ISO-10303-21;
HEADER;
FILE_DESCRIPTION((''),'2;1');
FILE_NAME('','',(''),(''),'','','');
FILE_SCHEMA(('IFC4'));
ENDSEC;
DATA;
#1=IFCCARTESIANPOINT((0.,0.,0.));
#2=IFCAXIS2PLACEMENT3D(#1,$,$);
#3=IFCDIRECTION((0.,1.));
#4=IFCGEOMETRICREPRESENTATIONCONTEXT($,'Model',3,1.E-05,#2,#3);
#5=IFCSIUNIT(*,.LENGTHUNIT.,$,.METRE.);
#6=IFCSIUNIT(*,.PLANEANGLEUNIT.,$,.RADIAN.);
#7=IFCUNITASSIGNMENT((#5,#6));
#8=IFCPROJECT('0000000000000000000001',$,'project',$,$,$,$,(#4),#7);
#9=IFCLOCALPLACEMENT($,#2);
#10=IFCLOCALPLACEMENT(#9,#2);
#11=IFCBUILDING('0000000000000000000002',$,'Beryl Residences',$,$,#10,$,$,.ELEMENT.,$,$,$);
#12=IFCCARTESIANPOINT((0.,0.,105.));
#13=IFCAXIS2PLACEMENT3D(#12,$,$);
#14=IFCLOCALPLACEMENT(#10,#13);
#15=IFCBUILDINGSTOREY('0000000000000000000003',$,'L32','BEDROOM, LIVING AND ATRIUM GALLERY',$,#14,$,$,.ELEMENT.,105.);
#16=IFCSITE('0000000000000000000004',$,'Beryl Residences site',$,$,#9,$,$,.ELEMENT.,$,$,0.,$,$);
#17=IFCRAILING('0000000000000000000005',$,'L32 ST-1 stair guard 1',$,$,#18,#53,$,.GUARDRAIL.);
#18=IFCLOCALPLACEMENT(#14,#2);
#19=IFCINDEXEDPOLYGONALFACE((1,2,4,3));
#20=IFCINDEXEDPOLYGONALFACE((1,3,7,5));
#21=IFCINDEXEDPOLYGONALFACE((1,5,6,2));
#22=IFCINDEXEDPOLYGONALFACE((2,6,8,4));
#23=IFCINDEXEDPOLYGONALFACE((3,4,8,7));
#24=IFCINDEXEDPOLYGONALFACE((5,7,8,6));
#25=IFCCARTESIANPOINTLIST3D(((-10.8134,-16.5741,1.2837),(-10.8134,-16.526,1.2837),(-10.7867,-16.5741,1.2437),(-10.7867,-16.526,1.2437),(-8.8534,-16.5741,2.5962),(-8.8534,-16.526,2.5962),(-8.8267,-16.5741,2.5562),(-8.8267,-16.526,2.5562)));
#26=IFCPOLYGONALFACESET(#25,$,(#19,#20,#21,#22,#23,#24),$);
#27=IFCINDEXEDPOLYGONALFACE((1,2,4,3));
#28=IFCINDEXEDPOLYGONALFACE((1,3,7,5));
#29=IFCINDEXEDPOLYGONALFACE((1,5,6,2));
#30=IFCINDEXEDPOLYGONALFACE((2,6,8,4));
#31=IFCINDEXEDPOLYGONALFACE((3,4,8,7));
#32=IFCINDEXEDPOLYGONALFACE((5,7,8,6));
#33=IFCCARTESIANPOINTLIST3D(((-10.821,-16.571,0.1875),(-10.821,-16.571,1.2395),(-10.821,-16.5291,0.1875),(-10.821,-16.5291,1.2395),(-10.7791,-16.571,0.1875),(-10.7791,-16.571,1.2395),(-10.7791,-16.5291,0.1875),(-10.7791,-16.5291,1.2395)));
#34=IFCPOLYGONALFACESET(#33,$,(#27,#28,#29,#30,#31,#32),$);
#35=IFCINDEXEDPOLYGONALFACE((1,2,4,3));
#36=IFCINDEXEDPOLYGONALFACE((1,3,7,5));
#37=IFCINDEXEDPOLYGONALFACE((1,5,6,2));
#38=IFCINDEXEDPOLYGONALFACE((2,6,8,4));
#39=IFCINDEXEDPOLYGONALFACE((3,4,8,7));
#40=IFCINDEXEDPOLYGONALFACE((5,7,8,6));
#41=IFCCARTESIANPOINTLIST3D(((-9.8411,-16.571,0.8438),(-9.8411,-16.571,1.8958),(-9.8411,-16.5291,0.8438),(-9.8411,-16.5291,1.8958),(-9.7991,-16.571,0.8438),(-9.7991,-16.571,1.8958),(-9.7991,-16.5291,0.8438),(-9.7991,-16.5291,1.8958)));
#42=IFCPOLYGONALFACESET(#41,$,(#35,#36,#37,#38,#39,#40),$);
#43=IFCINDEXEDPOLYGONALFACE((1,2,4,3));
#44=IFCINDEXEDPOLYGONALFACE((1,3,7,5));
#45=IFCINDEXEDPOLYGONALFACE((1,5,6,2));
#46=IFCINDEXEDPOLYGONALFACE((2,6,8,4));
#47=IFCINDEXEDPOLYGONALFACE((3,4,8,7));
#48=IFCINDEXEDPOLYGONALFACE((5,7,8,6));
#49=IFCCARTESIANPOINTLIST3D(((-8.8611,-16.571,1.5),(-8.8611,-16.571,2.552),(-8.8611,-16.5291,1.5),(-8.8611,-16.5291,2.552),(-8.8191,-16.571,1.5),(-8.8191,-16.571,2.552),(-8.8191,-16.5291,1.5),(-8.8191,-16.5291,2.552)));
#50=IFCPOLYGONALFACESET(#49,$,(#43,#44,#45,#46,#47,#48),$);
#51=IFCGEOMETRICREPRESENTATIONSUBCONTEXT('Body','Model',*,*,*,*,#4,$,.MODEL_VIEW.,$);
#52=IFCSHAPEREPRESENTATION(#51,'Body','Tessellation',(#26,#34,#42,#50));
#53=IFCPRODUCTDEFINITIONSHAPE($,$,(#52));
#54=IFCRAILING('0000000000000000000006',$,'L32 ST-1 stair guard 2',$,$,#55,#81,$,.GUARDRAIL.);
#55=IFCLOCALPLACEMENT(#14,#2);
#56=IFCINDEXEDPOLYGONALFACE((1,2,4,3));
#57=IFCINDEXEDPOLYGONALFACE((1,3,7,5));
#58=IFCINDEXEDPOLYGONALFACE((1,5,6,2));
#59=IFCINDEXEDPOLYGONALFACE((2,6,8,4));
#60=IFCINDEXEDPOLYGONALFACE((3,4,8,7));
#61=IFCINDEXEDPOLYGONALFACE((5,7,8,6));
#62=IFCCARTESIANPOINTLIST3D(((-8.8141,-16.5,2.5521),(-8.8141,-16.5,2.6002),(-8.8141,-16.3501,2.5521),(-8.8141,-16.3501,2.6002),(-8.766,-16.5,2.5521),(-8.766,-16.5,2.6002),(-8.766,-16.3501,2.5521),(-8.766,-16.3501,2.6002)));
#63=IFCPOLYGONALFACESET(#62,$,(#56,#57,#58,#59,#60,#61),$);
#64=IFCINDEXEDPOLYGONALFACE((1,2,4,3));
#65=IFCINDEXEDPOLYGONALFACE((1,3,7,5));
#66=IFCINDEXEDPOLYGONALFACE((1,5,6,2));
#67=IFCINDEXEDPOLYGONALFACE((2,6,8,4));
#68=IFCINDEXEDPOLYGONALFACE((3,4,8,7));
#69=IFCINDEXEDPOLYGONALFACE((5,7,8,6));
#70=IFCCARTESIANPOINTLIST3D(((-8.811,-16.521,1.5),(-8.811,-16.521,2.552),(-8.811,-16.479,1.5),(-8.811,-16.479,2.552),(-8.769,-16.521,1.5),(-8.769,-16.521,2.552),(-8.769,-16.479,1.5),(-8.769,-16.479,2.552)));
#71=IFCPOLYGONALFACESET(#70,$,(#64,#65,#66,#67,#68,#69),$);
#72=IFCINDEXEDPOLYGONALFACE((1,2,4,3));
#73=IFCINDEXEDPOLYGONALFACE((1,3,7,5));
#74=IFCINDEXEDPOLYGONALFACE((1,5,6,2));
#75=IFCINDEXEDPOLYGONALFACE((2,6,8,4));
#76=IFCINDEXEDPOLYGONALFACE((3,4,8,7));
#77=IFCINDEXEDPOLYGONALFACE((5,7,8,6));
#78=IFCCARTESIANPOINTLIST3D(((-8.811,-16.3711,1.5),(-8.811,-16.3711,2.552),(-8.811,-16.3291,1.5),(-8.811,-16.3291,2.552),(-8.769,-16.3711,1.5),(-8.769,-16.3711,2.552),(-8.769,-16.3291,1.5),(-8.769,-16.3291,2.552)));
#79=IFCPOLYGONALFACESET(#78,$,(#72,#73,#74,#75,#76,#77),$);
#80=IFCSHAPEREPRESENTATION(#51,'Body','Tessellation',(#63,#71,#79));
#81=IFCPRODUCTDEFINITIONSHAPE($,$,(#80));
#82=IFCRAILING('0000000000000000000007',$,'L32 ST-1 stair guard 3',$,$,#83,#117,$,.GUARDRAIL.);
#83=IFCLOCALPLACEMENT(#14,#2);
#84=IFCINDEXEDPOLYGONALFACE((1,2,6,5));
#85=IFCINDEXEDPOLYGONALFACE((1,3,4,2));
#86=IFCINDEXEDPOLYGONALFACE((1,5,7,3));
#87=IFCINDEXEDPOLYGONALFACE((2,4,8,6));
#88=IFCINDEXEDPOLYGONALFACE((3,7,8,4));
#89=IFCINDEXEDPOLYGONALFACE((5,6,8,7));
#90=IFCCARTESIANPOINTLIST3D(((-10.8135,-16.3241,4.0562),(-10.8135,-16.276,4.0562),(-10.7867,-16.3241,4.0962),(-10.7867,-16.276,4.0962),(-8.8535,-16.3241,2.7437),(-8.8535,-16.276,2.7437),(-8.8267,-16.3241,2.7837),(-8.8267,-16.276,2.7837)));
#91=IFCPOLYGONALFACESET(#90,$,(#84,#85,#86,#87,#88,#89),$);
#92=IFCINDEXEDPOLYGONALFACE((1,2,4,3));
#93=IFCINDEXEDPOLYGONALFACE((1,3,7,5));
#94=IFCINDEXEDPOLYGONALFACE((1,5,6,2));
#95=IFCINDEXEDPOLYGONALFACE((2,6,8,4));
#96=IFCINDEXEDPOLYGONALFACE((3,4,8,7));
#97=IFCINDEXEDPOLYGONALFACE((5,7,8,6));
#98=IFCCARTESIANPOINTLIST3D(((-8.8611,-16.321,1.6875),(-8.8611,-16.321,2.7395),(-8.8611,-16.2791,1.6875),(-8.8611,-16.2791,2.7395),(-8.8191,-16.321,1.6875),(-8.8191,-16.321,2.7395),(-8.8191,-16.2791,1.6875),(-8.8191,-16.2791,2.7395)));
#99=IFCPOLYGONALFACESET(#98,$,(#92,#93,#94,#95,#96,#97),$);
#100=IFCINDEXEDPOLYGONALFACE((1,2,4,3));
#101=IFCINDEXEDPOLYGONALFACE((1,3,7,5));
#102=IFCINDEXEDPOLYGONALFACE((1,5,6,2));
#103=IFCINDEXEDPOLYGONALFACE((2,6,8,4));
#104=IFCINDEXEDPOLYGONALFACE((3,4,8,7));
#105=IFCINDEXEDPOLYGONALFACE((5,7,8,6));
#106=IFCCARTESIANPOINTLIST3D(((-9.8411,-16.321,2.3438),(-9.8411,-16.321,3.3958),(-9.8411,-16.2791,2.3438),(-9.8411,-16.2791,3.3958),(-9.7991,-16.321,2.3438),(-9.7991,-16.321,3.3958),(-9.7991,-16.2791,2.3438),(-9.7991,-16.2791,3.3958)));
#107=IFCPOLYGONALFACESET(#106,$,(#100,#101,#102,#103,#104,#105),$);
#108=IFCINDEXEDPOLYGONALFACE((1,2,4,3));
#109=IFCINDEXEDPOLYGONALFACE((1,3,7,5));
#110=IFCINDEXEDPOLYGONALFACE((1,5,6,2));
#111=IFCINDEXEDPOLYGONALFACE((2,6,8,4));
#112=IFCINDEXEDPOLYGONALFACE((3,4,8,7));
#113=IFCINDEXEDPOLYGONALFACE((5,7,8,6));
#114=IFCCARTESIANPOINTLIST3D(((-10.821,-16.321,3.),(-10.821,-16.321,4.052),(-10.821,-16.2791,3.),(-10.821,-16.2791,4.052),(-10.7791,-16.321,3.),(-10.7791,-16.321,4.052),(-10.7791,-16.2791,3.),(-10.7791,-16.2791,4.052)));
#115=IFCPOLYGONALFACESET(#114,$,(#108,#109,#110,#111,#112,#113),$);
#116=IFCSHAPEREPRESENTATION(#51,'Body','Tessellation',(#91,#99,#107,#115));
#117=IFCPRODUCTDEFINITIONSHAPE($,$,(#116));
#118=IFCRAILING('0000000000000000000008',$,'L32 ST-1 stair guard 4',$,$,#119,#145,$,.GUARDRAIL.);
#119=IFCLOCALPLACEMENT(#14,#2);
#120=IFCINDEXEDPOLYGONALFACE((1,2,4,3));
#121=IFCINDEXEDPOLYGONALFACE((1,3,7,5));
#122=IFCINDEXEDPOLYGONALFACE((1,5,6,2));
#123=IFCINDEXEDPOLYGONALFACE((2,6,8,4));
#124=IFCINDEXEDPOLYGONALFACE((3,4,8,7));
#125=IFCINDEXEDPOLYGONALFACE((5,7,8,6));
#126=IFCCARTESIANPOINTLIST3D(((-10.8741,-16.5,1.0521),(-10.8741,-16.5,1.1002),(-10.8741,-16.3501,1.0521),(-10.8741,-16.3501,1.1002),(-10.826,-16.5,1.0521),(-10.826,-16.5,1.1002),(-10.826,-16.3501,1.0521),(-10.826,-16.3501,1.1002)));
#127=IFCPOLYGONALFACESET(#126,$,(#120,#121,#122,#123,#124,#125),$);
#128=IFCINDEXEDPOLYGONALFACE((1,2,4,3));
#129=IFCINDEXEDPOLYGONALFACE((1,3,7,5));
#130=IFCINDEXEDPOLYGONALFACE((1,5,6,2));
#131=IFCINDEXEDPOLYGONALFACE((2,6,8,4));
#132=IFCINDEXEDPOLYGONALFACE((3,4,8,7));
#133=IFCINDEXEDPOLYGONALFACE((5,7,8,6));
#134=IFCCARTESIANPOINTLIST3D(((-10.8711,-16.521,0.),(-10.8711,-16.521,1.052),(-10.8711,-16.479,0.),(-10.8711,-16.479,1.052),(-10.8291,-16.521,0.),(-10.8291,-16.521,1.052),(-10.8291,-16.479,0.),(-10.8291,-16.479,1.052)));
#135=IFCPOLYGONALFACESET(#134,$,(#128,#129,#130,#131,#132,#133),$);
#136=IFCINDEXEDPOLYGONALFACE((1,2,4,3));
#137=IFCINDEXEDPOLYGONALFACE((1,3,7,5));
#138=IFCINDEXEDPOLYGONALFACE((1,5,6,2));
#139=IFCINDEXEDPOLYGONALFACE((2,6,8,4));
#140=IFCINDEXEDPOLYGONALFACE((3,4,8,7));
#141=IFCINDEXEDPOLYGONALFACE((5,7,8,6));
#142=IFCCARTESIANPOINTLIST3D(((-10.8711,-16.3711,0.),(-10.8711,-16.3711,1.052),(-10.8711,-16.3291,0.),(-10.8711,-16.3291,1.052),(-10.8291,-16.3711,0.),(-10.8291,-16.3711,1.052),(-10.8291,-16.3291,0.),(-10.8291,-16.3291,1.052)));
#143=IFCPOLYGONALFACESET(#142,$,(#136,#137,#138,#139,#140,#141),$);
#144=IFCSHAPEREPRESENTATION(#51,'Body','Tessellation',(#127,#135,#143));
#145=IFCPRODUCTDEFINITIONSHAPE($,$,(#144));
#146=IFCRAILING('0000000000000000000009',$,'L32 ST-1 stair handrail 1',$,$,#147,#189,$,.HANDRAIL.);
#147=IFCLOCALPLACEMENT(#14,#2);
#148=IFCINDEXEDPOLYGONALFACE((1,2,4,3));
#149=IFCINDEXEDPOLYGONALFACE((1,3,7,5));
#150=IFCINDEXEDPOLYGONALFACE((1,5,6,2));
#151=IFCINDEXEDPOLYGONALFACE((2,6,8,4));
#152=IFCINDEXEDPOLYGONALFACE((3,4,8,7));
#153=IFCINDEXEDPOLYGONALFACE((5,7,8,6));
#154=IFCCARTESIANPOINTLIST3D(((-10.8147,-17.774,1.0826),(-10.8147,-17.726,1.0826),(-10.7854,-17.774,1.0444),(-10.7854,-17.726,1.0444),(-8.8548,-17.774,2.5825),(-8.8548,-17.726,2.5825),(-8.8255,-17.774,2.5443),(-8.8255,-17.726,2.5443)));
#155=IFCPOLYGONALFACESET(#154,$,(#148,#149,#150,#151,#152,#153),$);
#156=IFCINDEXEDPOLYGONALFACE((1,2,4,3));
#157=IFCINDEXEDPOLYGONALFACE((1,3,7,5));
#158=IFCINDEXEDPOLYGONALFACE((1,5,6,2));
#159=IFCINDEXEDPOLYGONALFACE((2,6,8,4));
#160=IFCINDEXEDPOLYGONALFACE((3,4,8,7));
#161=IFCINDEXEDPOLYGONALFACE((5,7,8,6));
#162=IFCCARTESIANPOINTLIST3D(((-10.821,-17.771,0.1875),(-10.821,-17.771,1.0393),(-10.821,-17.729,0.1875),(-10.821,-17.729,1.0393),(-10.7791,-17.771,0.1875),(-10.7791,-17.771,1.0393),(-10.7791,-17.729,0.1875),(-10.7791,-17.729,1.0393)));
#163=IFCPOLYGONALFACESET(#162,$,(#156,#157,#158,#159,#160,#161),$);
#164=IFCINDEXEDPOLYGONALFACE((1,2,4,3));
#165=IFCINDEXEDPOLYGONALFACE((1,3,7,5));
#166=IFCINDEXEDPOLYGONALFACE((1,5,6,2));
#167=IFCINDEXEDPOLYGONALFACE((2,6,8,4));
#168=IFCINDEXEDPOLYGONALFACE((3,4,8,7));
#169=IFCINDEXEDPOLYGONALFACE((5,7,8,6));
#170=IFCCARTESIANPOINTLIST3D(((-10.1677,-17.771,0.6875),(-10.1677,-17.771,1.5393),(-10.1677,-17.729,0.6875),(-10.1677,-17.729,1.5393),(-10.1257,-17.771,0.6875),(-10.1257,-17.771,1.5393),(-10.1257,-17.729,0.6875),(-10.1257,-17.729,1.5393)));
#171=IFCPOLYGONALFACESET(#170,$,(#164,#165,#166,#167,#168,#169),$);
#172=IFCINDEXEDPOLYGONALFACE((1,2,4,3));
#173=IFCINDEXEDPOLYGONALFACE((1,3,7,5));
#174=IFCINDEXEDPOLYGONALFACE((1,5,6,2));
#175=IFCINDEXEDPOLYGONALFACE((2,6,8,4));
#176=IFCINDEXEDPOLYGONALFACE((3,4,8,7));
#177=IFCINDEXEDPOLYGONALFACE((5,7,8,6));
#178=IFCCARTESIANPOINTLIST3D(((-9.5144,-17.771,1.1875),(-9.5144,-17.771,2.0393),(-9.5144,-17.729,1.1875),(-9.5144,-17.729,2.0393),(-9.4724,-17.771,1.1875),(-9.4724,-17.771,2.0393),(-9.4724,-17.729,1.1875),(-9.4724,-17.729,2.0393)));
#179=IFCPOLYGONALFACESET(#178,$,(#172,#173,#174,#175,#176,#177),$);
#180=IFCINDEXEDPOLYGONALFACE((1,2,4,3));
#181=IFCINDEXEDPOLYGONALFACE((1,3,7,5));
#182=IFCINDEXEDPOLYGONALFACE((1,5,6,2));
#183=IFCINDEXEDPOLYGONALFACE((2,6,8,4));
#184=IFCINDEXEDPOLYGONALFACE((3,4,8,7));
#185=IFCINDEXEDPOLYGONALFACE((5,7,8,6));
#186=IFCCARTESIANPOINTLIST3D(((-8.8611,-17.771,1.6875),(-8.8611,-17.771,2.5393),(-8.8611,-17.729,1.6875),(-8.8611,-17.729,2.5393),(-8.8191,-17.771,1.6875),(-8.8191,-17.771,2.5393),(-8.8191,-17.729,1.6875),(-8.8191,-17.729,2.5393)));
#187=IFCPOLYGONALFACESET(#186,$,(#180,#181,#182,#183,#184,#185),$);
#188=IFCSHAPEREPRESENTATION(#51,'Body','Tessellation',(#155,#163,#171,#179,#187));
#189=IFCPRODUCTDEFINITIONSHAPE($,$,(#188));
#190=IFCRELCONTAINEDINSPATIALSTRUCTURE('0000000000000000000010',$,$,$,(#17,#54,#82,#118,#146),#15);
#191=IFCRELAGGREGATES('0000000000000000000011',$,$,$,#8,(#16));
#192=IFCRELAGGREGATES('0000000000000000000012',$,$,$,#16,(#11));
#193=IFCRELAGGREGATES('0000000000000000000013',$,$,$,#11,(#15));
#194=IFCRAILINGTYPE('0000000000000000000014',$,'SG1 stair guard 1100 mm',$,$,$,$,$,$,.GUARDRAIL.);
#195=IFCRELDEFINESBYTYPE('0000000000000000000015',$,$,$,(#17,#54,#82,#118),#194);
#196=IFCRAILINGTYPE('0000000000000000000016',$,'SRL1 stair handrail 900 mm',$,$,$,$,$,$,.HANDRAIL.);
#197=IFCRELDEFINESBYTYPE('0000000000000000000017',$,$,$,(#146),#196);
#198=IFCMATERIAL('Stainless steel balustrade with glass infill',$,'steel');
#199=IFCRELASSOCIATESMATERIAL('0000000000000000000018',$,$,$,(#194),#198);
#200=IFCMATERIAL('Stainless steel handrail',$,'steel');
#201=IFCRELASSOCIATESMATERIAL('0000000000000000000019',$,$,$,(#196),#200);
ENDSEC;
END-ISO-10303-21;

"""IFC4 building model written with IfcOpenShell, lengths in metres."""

from ifc_helpers import new_model, si_unit, direction, frame, origin, origin_2d, place, context, subcontext, project, spatial, rectangle, extrude, material, type_object, element, save


model = new_model("IFC4")

# Units and contexts
model_context = context("Model", 3, precision=1e-05, world=origin(), true_north=direction((0.0, 1.0)))
body_context = subcontext(model_context, "Body", "Model", "MODEL_VIEW")
ifc_project = project(units=[si_unit("LENGTHUNIT", "METRE"), si_unit("PLANEANGLEUNIT", "RADIAN")], contexts=[model_context])

# Site, building, storey
site_placement = place(None, origin())
site = spatial("IfcSite", under=ifc_project, at=site_placement, Name="Beryl Residences site", CompositionType="ELEMENT", RefElevation=0.0)
building_placement = place(site_placement, origin())
building = spatial("IfcBuilding", under=site, at=building_placement, Name="Beryl Residences", CompositionType="ELEMENT")
storey_placement = place(building_placement, frame((0.0, 0.0, 105.0)))
storey = spatial("IfcBuildingStorey", under=building, at=storey_placement, Name="L32", Description="BEDROOM, LIVING AND ATRIUM GALLERY", CompositionType="ELEMENT", Elevation=105.0)

# Railings
ifc_material_1 = material(Name="Stainless steel balustrade with glass infill", Category="steel")
railing_type_1 = type_object("IfcRailingType", Name="SG1 stair guard 1100 mm", PredefinedType="GUARDRAIL", material=ifc_material_1)
railing_1_placement = place(storey_placement, frame((-10.8, -16.55, 0.1875)))
element("IfcRailing", 1, at=railing_1_placement, inside=storey, type_object=railing_type_1, Name="L32 ST-1 stair guard 1", PredefinedType="GUARDRAIL", context=body_context, shape_type="SweptSolid", body=[
    extrude(rectangle(XDim=0.0481, YDim=0.0481, at=origin_2d()), frame((0.0, 0.0, 1.0762), z_axis=(0.830902, 0.0, 0.556419), x_axis=(0.0, 1.0, 0.0)), (0.0, 0.0, 1.0), 2.3589),
    extrude(rectangle(XDim=0.042, YDim=0.042, at=origin_2d()), origin(), (0.0, 0.0, 1.0), 1.052),
    extrude(rectangle(XDim=0.042, YDim=0.042, at=origin_2d()), frame((0.98, 0.0, 0.6562)), (0.0, 0.0, 1.0), 1.052),
    extrude(rectangle(XDim=0.042, YDim=0.042, at=origin_2d()), frame((1.96, 0.0, 1.3125)), (0.0, 0.0, 1.0), 1.052),
])
railing_2_placement = place(storey_placement, frame((-8.79, -16.5, 1.5)))
element("IfcRailing", 2, at=railing_2_placement, inside=storey, type_object=railing_type_1, Name="L32 ST-1 stair guard 2", PredefinedType="GUARDRAIL", context=body_context, shape_type="SweptSolid", body=[
    extrude(rectangle(XDim=0.0481, YDim=0.0481, at=origin_2d()), frame((0.0, 0.0, 1.0762), z_axis=(0.0, 1.0, 0.0), x_axis=(-1.0, 0.0, 0.0)), (0.0, 0.0, 1.0), 0.1499),
    extrude(rectangle(XDim=0.042, YDim=0.042, at=origin_2d()), origin(), (0.0, 0.0, 1.0), 1.052),
    extrude(rectangle(XDim=0.042, YDim=0.042, at=origin_2d()), frame((0.0, 0.1499, 0.0)), (0.0, 0.0, 1.0), 1.052),
])
railing_3_placement = place(storey_placement, frame((-8.8401, -16.3, 1.6875)))
element("IfcRailing", 3, at=railing_3_placement, inside=storey, type_object=railing_type_1, Name="L32 ST-1 stair guard 3", PredefinedType="GUARDRAIL", context=body_context, shape_type="SweptSolid", body=[
    extrude(rectangle(XDim=0.0481, YDim=0.0481, at=origin_2d()), frame((0.0, 0.0, 1.0762), z_axis=(-0.830902, 0.0, 0.556419), x_axis=(0.0, -1.0, 0.0)), (0.0, 0.0, 1.0), 2.3589),
    extrude(rectangle(XDim=0.042, YDim=0.042, at=origin_2d()), origin(), (0.0, 0.0, 1.0), 1.052),
    extrude(rectangle(XDim=0.042, YDim=0.042, at=origin_2d()), frame((-0.98, 0.0, 0.6562)), (0.0, 0.0, 1.0), 1.052),
    extrude(rectangle(XDim=0.042, YDim=0.042, at=origin_2d()), frame((-1.96, 0.0, 1.3125)), (0.0, 0.0, 1.0), 1.052),
])
railing_4_placement = place(storey_placement, frame((-10.8501, -16.5, 0.0)))
element("IfcRailing", 4, at=railing_4_placement, inside=storey, type_object=railing_type_1, Name="L32 ST-1 stair guard 4", PredefinedType="GUARDRAIL", context=body_context, shape_type="SweptSolid", body=[
    extrude(rectangle(XDim=0.0481, YDim=0.0481, at=origin_2d()), frame((0.0, 0.0, 1.0762), z_axis=(0.0, 1.0, 0.0), x_axis=(-1.0, 0.0, 0.0)), (0.0, 0.0, 1.0), 0.1499),
    extrude(rectangle(XDim=0.042, YDim=0.042, at=origin_2d()), origin(), (0.0, 0.0, 1.0), 1.052),
    extrude(rectangle(XDim=0.042, YDim=0.042, at=origin_2d()), frame((0.0, 0.1499, 0.0)), (0.0, 0.0, 1.0), 1.052),
])
ifc_material_2 = material(Name="Stainless steel handrail", Category="steel")
railing_type_2 = type_object("IfcRailingType", Name="SRL1 stair handrail 900 mm", PredefinedType="HANDRAIL", material=ifc_material_2)
railing_5_placement = place(storey_placement, frame((-10.8, -17.75, 0.1875)))
element("IfcRailing", 5, at=railing_5_placement, inside=storey, type_object=railing_type_2, Name="L32 ST-1 stair handrail 1", PredefinedType="HANDRAIL", context=body_context, shape_type="SweptSolid", body=[
    extrude(rectangle(XDim=0.0481, YDim=0.0481, at=origin_2d()), frame((0.0, 0.0, 0.876), z_axis=(0.794122, 0.0, 0.607758), x_axis=(0.0, 1.0, 0.0)), (0.0, 0.0, 1.0), 2.468),
    extrude(rectangle(XDim=0.042, YDim=0.042, at=origin_2d()), origin(), (0.0, 0.0, 1.0), 0.8518),
    extrude(rectangle(XDim=0.042, YDim=0.042, at=origin_2d()), frame((0.6533, 0.0, 0.5)), (0.0, 0.0, 1.0), 0.8518),
    extrude(rectangle(XDim=0.042, YDim=0.042, at=origin_2d()), frame((1.3066, 0.0, 1.0)), (0.0, 0.0, 1.0), 0.8518),
    extrude(rectangle(XDim=0.042, YDim=0.042, at=origin_2d()), frame((1.96, 0.0, 1.5)), (0.0, 0.0, 1.0), 0.8518),
])

save(model, "model.ifc")
